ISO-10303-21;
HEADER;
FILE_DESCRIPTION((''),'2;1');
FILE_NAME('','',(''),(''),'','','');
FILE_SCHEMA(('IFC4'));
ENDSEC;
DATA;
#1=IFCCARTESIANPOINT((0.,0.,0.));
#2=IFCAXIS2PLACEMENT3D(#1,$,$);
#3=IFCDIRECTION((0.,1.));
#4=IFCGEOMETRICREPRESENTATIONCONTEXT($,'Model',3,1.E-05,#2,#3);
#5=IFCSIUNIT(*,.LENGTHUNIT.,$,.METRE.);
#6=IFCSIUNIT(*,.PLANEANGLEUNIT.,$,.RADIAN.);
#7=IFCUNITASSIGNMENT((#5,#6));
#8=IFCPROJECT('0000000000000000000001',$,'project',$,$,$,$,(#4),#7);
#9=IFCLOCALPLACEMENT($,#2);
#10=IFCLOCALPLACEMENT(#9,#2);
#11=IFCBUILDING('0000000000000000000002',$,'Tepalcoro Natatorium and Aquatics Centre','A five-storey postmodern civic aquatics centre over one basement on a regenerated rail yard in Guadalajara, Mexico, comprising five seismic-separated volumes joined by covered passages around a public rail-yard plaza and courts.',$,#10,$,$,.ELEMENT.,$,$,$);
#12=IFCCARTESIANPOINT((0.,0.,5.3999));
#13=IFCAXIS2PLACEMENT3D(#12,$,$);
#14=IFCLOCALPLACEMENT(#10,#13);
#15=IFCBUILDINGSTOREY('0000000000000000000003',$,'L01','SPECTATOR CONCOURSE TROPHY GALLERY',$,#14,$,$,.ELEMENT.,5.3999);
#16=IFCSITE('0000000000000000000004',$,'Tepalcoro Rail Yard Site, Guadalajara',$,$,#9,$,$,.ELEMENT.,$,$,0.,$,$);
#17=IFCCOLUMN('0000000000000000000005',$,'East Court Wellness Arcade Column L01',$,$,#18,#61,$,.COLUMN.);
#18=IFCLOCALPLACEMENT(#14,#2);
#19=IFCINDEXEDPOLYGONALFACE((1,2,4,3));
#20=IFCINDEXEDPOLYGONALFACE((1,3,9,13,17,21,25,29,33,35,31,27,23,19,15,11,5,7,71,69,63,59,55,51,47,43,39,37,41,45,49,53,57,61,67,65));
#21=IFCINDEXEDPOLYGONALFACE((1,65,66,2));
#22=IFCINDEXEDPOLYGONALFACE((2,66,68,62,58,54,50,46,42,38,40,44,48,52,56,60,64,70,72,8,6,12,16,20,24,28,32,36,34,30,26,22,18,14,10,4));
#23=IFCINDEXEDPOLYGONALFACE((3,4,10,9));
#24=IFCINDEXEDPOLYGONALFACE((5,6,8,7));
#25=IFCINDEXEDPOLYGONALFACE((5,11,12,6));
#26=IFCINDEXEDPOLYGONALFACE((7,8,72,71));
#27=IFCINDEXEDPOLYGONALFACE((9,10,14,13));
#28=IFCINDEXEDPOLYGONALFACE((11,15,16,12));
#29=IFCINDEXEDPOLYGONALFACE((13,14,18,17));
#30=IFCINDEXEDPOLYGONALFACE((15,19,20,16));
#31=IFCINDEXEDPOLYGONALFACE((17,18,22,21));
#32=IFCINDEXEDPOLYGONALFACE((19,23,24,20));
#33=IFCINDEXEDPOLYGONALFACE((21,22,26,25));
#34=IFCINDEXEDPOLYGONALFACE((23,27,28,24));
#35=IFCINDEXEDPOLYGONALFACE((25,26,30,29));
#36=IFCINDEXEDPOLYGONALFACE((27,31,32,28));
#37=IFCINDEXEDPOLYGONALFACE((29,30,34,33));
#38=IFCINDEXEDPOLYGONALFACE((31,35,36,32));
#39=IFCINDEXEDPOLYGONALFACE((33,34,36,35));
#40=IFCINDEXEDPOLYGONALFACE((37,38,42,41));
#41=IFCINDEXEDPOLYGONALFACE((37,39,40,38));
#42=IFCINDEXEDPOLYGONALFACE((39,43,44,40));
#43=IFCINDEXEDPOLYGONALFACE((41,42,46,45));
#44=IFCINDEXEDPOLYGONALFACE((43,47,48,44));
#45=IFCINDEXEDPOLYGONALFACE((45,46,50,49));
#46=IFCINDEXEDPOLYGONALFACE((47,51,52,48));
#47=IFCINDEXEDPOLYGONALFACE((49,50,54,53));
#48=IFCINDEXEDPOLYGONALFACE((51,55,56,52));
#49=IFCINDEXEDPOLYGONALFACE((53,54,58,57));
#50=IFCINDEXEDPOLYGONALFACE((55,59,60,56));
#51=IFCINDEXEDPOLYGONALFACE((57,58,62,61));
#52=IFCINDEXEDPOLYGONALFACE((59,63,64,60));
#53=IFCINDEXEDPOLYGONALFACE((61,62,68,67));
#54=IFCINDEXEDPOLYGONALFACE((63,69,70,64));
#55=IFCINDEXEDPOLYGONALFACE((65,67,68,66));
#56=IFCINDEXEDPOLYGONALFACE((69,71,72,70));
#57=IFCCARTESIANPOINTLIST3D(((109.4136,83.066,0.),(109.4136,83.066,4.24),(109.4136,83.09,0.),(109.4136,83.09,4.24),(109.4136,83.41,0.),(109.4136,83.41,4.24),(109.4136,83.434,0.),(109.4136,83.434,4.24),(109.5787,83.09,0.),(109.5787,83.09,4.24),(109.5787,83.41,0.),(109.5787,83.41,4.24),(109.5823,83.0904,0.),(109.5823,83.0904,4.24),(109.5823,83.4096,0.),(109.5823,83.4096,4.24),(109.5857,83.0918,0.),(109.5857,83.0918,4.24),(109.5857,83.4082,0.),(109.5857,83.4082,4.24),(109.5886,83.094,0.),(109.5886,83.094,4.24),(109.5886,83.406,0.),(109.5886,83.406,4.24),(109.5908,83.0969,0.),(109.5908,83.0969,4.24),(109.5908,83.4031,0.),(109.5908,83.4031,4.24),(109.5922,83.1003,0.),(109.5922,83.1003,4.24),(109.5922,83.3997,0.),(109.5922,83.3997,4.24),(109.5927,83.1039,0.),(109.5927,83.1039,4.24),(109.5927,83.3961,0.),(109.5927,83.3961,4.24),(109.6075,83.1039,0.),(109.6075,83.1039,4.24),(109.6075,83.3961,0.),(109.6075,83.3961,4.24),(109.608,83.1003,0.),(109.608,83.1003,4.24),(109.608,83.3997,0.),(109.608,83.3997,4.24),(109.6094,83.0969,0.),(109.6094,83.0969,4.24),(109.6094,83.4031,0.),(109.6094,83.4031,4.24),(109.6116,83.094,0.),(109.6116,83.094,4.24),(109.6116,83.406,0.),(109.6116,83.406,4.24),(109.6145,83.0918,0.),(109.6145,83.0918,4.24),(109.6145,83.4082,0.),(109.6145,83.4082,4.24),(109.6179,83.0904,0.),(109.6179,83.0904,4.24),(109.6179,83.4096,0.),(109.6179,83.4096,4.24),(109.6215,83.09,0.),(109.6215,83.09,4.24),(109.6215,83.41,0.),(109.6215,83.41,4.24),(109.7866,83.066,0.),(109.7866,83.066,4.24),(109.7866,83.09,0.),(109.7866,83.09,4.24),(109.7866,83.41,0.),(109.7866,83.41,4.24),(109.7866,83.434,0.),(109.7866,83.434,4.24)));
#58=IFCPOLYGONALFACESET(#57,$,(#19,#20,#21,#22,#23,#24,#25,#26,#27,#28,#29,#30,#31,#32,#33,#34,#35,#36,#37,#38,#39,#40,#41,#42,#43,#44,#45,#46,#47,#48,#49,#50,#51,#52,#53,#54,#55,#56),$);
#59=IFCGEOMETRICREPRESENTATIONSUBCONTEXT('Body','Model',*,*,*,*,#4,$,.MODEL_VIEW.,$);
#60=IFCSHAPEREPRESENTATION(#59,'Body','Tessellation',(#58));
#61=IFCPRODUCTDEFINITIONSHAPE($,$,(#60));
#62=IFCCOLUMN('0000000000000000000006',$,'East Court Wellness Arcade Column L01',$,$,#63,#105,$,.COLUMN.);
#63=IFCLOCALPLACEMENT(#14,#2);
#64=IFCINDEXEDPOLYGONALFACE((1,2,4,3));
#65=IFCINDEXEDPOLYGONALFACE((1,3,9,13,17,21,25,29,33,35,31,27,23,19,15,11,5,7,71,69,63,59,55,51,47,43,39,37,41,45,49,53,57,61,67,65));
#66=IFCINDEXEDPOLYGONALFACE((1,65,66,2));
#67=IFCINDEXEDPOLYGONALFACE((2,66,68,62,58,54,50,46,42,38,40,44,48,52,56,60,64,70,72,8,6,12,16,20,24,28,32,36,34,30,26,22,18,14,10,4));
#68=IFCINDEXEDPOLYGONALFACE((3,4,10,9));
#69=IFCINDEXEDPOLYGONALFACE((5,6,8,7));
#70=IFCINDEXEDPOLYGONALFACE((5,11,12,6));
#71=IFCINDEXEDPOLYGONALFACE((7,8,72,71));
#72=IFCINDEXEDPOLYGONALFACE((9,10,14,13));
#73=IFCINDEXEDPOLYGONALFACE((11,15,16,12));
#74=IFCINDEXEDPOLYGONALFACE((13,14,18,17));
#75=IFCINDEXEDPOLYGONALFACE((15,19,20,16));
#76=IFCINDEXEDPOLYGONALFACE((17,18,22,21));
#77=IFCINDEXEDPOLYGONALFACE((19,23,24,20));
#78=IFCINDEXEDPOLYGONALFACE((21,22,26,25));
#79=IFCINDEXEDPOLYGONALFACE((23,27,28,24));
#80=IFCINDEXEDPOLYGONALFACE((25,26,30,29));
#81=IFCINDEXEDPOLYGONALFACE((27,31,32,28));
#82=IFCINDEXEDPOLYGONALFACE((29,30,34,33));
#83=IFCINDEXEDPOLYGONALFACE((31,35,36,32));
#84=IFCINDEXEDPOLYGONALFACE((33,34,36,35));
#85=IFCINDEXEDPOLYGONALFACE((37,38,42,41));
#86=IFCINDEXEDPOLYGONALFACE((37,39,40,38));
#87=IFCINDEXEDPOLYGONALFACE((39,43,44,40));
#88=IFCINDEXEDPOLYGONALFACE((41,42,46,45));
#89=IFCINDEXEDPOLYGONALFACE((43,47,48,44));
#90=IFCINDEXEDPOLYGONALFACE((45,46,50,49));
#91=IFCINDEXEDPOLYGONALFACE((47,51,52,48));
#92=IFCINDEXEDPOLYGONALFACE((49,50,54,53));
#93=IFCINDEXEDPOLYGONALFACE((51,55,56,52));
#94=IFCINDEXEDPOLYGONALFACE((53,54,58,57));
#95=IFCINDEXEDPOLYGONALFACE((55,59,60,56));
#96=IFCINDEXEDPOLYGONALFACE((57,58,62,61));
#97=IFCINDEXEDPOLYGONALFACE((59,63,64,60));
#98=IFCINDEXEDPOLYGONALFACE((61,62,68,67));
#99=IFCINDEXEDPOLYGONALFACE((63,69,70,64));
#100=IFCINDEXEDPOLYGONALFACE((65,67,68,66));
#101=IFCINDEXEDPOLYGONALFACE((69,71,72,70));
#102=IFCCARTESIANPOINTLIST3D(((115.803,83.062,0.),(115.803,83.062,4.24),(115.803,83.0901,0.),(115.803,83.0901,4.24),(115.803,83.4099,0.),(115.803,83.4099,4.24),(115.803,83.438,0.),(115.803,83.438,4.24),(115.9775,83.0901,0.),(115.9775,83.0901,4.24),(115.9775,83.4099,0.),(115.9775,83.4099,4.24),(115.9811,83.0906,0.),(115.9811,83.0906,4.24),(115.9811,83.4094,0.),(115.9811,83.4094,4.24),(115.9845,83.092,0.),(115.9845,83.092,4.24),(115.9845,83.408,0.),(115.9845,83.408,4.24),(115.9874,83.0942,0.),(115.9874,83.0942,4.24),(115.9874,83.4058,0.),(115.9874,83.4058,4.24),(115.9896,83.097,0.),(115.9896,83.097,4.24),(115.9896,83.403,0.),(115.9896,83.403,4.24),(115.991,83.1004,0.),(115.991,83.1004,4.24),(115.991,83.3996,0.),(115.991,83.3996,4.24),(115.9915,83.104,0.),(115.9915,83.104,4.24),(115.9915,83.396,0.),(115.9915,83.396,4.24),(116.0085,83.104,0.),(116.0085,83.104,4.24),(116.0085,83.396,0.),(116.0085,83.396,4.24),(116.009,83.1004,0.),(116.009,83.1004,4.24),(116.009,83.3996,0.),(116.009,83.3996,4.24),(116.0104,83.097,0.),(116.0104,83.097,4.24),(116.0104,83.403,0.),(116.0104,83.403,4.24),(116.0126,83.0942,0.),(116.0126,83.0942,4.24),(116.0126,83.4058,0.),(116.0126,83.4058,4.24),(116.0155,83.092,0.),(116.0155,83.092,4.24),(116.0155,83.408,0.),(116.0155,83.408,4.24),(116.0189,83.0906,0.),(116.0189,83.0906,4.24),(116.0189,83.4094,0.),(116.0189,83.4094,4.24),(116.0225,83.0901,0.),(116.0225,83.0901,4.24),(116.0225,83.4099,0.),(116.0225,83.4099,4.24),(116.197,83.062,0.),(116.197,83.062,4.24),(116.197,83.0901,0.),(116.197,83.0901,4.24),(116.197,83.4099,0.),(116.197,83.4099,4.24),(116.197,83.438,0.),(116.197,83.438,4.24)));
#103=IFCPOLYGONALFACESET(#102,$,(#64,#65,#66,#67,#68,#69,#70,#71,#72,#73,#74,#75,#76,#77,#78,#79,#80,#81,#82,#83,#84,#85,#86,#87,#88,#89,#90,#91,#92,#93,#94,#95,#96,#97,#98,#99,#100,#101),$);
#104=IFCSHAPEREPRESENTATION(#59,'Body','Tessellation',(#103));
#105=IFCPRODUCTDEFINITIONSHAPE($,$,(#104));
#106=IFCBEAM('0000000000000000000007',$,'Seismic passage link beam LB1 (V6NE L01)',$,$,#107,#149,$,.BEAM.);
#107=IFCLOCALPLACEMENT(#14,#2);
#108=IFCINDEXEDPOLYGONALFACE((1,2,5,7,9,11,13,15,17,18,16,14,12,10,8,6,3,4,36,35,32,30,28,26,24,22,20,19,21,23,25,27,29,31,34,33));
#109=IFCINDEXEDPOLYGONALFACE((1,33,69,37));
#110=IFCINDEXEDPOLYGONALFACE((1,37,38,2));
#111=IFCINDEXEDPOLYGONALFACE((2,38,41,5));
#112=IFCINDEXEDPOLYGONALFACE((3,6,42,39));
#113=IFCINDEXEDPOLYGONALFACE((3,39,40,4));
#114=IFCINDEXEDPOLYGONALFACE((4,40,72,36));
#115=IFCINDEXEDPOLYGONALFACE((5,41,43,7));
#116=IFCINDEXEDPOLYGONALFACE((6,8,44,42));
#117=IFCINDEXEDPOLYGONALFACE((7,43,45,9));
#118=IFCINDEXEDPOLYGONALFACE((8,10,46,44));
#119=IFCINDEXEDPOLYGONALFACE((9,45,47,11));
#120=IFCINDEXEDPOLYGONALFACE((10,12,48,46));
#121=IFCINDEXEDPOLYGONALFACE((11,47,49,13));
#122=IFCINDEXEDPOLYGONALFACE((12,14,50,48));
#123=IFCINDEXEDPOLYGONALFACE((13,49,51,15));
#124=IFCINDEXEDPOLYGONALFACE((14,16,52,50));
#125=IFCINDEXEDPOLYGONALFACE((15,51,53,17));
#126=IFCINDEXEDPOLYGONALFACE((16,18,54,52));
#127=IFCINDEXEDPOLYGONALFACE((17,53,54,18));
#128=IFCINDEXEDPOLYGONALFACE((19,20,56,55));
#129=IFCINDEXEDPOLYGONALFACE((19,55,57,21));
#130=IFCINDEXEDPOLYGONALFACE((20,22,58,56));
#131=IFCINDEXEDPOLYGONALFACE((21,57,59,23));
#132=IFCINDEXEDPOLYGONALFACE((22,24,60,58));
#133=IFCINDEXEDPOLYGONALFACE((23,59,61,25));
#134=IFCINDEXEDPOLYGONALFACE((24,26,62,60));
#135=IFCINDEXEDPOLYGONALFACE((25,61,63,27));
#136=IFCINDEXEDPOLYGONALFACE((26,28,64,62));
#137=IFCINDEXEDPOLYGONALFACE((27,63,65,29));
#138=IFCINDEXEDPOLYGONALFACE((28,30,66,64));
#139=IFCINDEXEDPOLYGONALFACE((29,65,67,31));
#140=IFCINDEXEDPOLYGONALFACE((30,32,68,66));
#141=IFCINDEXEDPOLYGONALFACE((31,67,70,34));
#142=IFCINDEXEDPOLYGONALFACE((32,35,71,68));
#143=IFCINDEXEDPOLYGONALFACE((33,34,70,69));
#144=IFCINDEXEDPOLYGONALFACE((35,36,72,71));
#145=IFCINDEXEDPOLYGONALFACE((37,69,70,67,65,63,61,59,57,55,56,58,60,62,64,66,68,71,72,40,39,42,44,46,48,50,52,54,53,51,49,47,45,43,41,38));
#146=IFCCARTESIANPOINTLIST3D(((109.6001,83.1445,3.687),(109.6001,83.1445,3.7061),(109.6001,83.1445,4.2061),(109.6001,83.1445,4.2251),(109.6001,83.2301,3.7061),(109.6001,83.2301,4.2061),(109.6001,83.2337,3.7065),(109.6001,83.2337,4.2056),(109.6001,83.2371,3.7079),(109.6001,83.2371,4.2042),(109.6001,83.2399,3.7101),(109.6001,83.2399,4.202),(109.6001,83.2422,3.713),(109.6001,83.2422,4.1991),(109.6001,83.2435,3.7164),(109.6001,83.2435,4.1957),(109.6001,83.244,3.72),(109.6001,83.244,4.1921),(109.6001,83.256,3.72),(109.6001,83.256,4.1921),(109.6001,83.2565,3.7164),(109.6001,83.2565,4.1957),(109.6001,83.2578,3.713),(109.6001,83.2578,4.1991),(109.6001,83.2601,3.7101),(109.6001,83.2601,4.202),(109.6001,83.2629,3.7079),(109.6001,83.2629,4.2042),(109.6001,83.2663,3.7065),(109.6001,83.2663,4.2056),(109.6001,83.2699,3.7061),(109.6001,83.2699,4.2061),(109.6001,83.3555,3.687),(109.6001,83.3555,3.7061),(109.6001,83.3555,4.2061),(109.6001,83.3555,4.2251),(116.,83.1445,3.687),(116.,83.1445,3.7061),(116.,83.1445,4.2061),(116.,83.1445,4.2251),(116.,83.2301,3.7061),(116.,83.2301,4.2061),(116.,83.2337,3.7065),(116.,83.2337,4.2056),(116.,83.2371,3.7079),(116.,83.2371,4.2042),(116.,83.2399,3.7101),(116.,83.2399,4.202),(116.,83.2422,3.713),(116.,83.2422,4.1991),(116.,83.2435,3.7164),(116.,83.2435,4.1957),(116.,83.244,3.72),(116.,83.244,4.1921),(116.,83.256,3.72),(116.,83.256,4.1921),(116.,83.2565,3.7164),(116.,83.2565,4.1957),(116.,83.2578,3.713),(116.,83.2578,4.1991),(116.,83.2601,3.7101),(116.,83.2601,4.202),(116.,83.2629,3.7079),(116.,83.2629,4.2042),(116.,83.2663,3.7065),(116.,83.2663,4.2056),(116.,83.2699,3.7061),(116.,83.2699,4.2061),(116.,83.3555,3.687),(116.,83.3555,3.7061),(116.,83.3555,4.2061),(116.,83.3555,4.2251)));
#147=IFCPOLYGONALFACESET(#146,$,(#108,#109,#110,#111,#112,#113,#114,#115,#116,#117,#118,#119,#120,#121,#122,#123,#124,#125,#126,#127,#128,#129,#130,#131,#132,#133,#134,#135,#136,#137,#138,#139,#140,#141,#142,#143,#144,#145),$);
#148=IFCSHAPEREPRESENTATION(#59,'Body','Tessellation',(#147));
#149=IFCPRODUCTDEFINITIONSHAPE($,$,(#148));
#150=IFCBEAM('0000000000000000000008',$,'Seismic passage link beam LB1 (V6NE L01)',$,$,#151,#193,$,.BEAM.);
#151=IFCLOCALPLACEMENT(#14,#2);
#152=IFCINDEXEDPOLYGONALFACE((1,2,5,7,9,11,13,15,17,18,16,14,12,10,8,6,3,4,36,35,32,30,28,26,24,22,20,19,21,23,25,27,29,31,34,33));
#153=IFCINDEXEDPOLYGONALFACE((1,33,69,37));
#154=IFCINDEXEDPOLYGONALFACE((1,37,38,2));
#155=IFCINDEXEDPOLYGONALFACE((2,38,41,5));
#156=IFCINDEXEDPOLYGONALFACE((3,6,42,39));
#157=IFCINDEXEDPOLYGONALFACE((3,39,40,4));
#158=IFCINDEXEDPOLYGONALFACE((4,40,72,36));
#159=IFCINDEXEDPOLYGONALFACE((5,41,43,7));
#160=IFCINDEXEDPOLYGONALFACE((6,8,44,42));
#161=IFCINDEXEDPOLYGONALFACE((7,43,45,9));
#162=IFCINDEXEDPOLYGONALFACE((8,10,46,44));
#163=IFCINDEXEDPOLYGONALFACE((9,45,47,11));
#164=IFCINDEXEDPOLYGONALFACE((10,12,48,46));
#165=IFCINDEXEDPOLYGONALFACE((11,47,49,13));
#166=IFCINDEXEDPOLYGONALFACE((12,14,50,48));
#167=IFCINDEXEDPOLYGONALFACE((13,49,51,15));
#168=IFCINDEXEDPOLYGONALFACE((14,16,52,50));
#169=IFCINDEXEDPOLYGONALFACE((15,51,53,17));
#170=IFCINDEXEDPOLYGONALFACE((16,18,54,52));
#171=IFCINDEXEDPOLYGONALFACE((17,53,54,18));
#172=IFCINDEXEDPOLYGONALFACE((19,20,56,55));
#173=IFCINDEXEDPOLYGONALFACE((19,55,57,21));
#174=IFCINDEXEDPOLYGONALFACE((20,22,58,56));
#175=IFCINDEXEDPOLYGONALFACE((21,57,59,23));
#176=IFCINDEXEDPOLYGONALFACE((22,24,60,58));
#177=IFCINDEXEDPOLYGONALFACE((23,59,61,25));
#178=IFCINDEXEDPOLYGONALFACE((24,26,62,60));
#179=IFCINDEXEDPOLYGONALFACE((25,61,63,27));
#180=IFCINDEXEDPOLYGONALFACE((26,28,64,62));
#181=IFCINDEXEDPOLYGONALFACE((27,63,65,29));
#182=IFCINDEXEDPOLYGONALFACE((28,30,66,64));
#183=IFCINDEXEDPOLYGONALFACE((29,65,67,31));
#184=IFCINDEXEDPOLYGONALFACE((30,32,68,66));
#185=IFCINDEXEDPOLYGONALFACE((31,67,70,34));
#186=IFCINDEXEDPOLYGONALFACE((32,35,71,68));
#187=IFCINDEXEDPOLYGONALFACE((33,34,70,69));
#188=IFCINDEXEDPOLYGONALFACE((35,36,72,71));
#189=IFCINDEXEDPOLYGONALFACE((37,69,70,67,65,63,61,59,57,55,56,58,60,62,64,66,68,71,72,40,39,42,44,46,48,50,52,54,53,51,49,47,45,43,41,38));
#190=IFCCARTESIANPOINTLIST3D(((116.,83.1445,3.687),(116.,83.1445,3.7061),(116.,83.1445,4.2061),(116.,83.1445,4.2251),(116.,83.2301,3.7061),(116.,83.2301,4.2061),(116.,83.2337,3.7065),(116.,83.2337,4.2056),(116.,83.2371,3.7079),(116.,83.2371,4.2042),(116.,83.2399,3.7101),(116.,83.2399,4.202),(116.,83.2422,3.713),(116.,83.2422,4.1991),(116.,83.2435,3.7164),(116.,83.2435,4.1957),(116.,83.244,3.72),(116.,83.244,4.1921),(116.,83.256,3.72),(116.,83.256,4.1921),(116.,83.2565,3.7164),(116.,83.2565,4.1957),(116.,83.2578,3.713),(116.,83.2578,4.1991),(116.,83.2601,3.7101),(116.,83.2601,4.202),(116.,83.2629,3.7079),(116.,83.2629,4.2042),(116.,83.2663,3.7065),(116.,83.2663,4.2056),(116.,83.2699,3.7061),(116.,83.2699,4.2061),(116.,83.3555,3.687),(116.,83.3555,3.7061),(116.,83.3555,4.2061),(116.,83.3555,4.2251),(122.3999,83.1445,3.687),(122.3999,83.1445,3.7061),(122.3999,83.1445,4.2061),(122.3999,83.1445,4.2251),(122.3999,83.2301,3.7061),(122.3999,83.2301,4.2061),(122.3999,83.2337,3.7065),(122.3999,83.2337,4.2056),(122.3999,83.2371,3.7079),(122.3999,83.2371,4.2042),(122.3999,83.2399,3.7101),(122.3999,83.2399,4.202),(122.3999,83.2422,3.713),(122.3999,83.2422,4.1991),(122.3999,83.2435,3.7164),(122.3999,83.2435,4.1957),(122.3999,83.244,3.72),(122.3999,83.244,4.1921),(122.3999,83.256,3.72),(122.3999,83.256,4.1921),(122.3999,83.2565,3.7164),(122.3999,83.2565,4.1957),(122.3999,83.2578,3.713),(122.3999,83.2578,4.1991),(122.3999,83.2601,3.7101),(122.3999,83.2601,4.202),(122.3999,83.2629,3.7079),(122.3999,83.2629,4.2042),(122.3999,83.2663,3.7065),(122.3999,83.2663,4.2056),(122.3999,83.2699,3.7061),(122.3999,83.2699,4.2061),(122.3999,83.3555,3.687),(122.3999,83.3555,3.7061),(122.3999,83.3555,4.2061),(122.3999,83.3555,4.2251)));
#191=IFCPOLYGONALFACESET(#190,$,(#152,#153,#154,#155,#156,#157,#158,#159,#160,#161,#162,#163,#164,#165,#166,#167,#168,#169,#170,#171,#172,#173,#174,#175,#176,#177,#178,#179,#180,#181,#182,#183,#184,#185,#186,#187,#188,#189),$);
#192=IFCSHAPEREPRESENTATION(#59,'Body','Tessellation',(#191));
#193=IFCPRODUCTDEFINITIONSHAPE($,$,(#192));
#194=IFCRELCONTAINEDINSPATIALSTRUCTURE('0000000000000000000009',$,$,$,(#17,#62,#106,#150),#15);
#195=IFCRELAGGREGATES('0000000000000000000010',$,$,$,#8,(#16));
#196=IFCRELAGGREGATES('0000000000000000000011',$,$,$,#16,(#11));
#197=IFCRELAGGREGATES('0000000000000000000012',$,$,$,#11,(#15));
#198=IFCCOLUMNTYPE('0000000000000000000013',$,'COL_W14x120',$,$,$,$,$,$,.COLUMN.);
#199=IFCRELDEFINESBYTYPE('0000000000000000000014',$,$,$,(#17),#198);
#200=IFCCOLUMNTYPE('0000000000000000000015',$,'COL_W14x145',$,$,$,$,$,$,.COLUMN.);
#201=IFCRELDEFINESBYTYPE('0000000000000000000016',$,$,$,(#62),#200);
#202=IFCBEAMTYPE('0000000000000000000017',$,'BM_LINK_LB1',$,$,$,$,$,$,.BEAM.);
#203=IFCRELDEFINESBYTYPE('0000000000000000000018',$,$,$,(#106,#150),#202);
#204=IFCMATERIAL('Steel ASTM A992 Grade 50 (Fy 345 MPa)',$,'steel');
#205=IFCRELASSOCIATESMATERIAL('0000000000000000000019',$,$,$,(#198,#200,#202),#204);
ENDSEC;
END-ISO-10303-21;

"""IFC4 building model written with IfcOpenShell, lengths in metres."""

from ifc_helpers import new_model, si_unit, direction, frame, origin, origin_2d, place, context, subcontext, project, spatial, i_section, extrude, material, material_profile, profile_set, type_object, element, save


model = new_model("IFC4")

# Units and contexts
model_context = context("Model", 3, precision=1e-05, world=origin(), true_north=direction((0.0, 1.0)))
body_context = subcontext(model_context, "Body", "Model", "MODEL_VIEW")
ifc_project = project(units=[si_unit("LENGTHUNIT", "METRE"), si_unit("PLANEANGLEUNIT", "RADIAN")], contexts=[model_context])

# Site, building, storey
site_placement = place(None, origin())
site = spatial("IfcSite", under=ifc_project, at=site_placement, Name="Tepalcoro Rail Yard Site, Guadalajara", CompositionType="ELEMENT", RefElevation=0.0)
building_placement = place(site_placement, origin())
building = spatial("IfcBuilding", under=site, at=building_placement, Name="Tepalcoro Natatorium and Aquatics Centre", Description="A five-storey postmodern civic aquatics centre over one basement on a regenerated rail yard in Guadalajara, Mexico, comprising five seismic-separated volumes joined by covered passages around a public rail-yard plaza and courts.", CompositionType="ELEMENT")
storey_placement = place(building_placement, frame((0.0, 0.0, 5.3999)))
storey = spatial("IfcBuildingStorey", under=building, at=storey_placement, Name="L01", Description="SPECTATOR CONCOURSE TROPHY GALLERY", CompositionType="ELEMENT", Elevation=5.3999)

# Columns
ifc_material_1 = material(Name="Steel ASTM A992 Grade 50 (Fy 345 MPa)", Category="steel")
ifc_material_profile_1 = material_profile(ifc_material_1, i_section(OverallWidth=0.373, OverallDepth=0.3679, WebThickness=0.0149, FlangeThickness=0.0239, FilletRadius=0.0139, at=origin_2d()), Name="W14X120")
ifc_profile_set_1 = profile_set([ifc_material_profile_1], Name="Steel ASTM A992 Grade 50 (Fy 345 MPa)")
column_type_1 = type_object("IfcColumnType", Name="COL_W14x120", PredefinedType="COLUMN", material=ifc_profile_set_1)
column_1_placement = place(storey_placement, frame((109.6001, 83.25, 0.0), z_axis=(0.0, 0.0, 1.0), x_axis=(1.0, 0.0, 0.0)))
element("IfcColumn", 1, at=column_1_placement, inside=storey, type_object=column_type_1, Name="East Court Wellness Arcade Column L01", PredefinedType="COLUMN", context=body_context, shape_type="SweptSolid", body=[
    extrude(i_section(OverallWidth=0.373, OverallDepth=0.3679, WebThickness=0.0149, FlangeThickness=0.0239, FilletRadius=0.0139, at=origin_2d()), origin(), (0.0, 0.0, 1.0), 4.24),
])
ifc_material_profile_2 = material_profile(ifc_material_1, i_section(OverallWidth=0.394, OverallDepth=0.376, WebThickness=0.0171, FlangeThickness=0.0281, FilletRadius=0.0139, at=origin_2d()), Name="W14X145")
ifc_profile_set_2 = profile_set([ifc_material_profile_2], Name="Steel ASTM A992 Grade 50 (Fy 345 MPa)")
column_type_2 = type_object("IfcColumnType", Name="COL_W14x145", PredefinedType="COLUMN", material=ifc_profile_set_2)
column_2_placement = place(storey_placement, frame((116.0, 83.25, 0.0), z_axis=(0.0, 0.0, 1.0), x_axis=(1.0, 0.0, 0.0)))
element("IfcColumn", 2, at=column_2_placement, inside=storey, type_object=column_type_2, Name="East Court Wellness Arcade Column L01", PredefinedType="COLUMN", context=body_context, shape_type="SweptSolid", body=[
    extrude(i_section(OverallWidth=0.394, OverallDepth=0.376, WebThickness=0.0171, FlangeThickness=0.0281, FilletRadius=0.0139, at=origin_2d()), origin(), (0.0, 0.0, 1.0), 4.24),
])

# Beams
ifc_material_profile_3 = material_profile(ifc_material_1, i_section(OverallWidth=0.2109, OverallDepth=0.5381, WebThickness=0.012, FlangeThickness=0.019, FilletRadius=0.0139, at=origin_2d()), Name="W21X73")
ifc_profile_set_3 = profile_set([ifc_material_profile_3], Name="Steel ASTM A992 Grade 50 (Fy 345 MPa)")
beam_type_1 = type_object("IfcBeamType", Name="BM_LINK_LB1", PredefinedType="BEAM", material=ifc_profile_set_3)
for number, where, z_axis, x_axis, name in (
    (3, (109.6001, 83.25, 3.9561), (1.0, 0.0, 0.0), (0.0, 1.0, 0.0), "Seismic passage link beam LB1 (V6NE L01)"),
    (4, (116.0, 83.25, 3.9561), (1.0, 0.0, 0.0), (0.0, 1.0, 0.0), "Seismic passage link beam LB1 (V6NE L01)"),
):
    element("IfcBeam", number, at=place(storey_placement, frame(where, z_axis=z_axis, x_axis=x_axis)), inside=storey, type_object=beam_type_1, Name=name, PredefinedType="BEAM", context=body_context, shape_type="SweptSolid", body=[
        extrude(i_section(OverallWidth=0.2109, OverallDepth=0.5381, WebThickness=0.012, FlangeThickness=0.019, FilletRadius=0.0139, at=origin_2d()), origin(), (0.0, 0.0, 1.0), 6.3999),
    ])

save(model, "model.ifc")
